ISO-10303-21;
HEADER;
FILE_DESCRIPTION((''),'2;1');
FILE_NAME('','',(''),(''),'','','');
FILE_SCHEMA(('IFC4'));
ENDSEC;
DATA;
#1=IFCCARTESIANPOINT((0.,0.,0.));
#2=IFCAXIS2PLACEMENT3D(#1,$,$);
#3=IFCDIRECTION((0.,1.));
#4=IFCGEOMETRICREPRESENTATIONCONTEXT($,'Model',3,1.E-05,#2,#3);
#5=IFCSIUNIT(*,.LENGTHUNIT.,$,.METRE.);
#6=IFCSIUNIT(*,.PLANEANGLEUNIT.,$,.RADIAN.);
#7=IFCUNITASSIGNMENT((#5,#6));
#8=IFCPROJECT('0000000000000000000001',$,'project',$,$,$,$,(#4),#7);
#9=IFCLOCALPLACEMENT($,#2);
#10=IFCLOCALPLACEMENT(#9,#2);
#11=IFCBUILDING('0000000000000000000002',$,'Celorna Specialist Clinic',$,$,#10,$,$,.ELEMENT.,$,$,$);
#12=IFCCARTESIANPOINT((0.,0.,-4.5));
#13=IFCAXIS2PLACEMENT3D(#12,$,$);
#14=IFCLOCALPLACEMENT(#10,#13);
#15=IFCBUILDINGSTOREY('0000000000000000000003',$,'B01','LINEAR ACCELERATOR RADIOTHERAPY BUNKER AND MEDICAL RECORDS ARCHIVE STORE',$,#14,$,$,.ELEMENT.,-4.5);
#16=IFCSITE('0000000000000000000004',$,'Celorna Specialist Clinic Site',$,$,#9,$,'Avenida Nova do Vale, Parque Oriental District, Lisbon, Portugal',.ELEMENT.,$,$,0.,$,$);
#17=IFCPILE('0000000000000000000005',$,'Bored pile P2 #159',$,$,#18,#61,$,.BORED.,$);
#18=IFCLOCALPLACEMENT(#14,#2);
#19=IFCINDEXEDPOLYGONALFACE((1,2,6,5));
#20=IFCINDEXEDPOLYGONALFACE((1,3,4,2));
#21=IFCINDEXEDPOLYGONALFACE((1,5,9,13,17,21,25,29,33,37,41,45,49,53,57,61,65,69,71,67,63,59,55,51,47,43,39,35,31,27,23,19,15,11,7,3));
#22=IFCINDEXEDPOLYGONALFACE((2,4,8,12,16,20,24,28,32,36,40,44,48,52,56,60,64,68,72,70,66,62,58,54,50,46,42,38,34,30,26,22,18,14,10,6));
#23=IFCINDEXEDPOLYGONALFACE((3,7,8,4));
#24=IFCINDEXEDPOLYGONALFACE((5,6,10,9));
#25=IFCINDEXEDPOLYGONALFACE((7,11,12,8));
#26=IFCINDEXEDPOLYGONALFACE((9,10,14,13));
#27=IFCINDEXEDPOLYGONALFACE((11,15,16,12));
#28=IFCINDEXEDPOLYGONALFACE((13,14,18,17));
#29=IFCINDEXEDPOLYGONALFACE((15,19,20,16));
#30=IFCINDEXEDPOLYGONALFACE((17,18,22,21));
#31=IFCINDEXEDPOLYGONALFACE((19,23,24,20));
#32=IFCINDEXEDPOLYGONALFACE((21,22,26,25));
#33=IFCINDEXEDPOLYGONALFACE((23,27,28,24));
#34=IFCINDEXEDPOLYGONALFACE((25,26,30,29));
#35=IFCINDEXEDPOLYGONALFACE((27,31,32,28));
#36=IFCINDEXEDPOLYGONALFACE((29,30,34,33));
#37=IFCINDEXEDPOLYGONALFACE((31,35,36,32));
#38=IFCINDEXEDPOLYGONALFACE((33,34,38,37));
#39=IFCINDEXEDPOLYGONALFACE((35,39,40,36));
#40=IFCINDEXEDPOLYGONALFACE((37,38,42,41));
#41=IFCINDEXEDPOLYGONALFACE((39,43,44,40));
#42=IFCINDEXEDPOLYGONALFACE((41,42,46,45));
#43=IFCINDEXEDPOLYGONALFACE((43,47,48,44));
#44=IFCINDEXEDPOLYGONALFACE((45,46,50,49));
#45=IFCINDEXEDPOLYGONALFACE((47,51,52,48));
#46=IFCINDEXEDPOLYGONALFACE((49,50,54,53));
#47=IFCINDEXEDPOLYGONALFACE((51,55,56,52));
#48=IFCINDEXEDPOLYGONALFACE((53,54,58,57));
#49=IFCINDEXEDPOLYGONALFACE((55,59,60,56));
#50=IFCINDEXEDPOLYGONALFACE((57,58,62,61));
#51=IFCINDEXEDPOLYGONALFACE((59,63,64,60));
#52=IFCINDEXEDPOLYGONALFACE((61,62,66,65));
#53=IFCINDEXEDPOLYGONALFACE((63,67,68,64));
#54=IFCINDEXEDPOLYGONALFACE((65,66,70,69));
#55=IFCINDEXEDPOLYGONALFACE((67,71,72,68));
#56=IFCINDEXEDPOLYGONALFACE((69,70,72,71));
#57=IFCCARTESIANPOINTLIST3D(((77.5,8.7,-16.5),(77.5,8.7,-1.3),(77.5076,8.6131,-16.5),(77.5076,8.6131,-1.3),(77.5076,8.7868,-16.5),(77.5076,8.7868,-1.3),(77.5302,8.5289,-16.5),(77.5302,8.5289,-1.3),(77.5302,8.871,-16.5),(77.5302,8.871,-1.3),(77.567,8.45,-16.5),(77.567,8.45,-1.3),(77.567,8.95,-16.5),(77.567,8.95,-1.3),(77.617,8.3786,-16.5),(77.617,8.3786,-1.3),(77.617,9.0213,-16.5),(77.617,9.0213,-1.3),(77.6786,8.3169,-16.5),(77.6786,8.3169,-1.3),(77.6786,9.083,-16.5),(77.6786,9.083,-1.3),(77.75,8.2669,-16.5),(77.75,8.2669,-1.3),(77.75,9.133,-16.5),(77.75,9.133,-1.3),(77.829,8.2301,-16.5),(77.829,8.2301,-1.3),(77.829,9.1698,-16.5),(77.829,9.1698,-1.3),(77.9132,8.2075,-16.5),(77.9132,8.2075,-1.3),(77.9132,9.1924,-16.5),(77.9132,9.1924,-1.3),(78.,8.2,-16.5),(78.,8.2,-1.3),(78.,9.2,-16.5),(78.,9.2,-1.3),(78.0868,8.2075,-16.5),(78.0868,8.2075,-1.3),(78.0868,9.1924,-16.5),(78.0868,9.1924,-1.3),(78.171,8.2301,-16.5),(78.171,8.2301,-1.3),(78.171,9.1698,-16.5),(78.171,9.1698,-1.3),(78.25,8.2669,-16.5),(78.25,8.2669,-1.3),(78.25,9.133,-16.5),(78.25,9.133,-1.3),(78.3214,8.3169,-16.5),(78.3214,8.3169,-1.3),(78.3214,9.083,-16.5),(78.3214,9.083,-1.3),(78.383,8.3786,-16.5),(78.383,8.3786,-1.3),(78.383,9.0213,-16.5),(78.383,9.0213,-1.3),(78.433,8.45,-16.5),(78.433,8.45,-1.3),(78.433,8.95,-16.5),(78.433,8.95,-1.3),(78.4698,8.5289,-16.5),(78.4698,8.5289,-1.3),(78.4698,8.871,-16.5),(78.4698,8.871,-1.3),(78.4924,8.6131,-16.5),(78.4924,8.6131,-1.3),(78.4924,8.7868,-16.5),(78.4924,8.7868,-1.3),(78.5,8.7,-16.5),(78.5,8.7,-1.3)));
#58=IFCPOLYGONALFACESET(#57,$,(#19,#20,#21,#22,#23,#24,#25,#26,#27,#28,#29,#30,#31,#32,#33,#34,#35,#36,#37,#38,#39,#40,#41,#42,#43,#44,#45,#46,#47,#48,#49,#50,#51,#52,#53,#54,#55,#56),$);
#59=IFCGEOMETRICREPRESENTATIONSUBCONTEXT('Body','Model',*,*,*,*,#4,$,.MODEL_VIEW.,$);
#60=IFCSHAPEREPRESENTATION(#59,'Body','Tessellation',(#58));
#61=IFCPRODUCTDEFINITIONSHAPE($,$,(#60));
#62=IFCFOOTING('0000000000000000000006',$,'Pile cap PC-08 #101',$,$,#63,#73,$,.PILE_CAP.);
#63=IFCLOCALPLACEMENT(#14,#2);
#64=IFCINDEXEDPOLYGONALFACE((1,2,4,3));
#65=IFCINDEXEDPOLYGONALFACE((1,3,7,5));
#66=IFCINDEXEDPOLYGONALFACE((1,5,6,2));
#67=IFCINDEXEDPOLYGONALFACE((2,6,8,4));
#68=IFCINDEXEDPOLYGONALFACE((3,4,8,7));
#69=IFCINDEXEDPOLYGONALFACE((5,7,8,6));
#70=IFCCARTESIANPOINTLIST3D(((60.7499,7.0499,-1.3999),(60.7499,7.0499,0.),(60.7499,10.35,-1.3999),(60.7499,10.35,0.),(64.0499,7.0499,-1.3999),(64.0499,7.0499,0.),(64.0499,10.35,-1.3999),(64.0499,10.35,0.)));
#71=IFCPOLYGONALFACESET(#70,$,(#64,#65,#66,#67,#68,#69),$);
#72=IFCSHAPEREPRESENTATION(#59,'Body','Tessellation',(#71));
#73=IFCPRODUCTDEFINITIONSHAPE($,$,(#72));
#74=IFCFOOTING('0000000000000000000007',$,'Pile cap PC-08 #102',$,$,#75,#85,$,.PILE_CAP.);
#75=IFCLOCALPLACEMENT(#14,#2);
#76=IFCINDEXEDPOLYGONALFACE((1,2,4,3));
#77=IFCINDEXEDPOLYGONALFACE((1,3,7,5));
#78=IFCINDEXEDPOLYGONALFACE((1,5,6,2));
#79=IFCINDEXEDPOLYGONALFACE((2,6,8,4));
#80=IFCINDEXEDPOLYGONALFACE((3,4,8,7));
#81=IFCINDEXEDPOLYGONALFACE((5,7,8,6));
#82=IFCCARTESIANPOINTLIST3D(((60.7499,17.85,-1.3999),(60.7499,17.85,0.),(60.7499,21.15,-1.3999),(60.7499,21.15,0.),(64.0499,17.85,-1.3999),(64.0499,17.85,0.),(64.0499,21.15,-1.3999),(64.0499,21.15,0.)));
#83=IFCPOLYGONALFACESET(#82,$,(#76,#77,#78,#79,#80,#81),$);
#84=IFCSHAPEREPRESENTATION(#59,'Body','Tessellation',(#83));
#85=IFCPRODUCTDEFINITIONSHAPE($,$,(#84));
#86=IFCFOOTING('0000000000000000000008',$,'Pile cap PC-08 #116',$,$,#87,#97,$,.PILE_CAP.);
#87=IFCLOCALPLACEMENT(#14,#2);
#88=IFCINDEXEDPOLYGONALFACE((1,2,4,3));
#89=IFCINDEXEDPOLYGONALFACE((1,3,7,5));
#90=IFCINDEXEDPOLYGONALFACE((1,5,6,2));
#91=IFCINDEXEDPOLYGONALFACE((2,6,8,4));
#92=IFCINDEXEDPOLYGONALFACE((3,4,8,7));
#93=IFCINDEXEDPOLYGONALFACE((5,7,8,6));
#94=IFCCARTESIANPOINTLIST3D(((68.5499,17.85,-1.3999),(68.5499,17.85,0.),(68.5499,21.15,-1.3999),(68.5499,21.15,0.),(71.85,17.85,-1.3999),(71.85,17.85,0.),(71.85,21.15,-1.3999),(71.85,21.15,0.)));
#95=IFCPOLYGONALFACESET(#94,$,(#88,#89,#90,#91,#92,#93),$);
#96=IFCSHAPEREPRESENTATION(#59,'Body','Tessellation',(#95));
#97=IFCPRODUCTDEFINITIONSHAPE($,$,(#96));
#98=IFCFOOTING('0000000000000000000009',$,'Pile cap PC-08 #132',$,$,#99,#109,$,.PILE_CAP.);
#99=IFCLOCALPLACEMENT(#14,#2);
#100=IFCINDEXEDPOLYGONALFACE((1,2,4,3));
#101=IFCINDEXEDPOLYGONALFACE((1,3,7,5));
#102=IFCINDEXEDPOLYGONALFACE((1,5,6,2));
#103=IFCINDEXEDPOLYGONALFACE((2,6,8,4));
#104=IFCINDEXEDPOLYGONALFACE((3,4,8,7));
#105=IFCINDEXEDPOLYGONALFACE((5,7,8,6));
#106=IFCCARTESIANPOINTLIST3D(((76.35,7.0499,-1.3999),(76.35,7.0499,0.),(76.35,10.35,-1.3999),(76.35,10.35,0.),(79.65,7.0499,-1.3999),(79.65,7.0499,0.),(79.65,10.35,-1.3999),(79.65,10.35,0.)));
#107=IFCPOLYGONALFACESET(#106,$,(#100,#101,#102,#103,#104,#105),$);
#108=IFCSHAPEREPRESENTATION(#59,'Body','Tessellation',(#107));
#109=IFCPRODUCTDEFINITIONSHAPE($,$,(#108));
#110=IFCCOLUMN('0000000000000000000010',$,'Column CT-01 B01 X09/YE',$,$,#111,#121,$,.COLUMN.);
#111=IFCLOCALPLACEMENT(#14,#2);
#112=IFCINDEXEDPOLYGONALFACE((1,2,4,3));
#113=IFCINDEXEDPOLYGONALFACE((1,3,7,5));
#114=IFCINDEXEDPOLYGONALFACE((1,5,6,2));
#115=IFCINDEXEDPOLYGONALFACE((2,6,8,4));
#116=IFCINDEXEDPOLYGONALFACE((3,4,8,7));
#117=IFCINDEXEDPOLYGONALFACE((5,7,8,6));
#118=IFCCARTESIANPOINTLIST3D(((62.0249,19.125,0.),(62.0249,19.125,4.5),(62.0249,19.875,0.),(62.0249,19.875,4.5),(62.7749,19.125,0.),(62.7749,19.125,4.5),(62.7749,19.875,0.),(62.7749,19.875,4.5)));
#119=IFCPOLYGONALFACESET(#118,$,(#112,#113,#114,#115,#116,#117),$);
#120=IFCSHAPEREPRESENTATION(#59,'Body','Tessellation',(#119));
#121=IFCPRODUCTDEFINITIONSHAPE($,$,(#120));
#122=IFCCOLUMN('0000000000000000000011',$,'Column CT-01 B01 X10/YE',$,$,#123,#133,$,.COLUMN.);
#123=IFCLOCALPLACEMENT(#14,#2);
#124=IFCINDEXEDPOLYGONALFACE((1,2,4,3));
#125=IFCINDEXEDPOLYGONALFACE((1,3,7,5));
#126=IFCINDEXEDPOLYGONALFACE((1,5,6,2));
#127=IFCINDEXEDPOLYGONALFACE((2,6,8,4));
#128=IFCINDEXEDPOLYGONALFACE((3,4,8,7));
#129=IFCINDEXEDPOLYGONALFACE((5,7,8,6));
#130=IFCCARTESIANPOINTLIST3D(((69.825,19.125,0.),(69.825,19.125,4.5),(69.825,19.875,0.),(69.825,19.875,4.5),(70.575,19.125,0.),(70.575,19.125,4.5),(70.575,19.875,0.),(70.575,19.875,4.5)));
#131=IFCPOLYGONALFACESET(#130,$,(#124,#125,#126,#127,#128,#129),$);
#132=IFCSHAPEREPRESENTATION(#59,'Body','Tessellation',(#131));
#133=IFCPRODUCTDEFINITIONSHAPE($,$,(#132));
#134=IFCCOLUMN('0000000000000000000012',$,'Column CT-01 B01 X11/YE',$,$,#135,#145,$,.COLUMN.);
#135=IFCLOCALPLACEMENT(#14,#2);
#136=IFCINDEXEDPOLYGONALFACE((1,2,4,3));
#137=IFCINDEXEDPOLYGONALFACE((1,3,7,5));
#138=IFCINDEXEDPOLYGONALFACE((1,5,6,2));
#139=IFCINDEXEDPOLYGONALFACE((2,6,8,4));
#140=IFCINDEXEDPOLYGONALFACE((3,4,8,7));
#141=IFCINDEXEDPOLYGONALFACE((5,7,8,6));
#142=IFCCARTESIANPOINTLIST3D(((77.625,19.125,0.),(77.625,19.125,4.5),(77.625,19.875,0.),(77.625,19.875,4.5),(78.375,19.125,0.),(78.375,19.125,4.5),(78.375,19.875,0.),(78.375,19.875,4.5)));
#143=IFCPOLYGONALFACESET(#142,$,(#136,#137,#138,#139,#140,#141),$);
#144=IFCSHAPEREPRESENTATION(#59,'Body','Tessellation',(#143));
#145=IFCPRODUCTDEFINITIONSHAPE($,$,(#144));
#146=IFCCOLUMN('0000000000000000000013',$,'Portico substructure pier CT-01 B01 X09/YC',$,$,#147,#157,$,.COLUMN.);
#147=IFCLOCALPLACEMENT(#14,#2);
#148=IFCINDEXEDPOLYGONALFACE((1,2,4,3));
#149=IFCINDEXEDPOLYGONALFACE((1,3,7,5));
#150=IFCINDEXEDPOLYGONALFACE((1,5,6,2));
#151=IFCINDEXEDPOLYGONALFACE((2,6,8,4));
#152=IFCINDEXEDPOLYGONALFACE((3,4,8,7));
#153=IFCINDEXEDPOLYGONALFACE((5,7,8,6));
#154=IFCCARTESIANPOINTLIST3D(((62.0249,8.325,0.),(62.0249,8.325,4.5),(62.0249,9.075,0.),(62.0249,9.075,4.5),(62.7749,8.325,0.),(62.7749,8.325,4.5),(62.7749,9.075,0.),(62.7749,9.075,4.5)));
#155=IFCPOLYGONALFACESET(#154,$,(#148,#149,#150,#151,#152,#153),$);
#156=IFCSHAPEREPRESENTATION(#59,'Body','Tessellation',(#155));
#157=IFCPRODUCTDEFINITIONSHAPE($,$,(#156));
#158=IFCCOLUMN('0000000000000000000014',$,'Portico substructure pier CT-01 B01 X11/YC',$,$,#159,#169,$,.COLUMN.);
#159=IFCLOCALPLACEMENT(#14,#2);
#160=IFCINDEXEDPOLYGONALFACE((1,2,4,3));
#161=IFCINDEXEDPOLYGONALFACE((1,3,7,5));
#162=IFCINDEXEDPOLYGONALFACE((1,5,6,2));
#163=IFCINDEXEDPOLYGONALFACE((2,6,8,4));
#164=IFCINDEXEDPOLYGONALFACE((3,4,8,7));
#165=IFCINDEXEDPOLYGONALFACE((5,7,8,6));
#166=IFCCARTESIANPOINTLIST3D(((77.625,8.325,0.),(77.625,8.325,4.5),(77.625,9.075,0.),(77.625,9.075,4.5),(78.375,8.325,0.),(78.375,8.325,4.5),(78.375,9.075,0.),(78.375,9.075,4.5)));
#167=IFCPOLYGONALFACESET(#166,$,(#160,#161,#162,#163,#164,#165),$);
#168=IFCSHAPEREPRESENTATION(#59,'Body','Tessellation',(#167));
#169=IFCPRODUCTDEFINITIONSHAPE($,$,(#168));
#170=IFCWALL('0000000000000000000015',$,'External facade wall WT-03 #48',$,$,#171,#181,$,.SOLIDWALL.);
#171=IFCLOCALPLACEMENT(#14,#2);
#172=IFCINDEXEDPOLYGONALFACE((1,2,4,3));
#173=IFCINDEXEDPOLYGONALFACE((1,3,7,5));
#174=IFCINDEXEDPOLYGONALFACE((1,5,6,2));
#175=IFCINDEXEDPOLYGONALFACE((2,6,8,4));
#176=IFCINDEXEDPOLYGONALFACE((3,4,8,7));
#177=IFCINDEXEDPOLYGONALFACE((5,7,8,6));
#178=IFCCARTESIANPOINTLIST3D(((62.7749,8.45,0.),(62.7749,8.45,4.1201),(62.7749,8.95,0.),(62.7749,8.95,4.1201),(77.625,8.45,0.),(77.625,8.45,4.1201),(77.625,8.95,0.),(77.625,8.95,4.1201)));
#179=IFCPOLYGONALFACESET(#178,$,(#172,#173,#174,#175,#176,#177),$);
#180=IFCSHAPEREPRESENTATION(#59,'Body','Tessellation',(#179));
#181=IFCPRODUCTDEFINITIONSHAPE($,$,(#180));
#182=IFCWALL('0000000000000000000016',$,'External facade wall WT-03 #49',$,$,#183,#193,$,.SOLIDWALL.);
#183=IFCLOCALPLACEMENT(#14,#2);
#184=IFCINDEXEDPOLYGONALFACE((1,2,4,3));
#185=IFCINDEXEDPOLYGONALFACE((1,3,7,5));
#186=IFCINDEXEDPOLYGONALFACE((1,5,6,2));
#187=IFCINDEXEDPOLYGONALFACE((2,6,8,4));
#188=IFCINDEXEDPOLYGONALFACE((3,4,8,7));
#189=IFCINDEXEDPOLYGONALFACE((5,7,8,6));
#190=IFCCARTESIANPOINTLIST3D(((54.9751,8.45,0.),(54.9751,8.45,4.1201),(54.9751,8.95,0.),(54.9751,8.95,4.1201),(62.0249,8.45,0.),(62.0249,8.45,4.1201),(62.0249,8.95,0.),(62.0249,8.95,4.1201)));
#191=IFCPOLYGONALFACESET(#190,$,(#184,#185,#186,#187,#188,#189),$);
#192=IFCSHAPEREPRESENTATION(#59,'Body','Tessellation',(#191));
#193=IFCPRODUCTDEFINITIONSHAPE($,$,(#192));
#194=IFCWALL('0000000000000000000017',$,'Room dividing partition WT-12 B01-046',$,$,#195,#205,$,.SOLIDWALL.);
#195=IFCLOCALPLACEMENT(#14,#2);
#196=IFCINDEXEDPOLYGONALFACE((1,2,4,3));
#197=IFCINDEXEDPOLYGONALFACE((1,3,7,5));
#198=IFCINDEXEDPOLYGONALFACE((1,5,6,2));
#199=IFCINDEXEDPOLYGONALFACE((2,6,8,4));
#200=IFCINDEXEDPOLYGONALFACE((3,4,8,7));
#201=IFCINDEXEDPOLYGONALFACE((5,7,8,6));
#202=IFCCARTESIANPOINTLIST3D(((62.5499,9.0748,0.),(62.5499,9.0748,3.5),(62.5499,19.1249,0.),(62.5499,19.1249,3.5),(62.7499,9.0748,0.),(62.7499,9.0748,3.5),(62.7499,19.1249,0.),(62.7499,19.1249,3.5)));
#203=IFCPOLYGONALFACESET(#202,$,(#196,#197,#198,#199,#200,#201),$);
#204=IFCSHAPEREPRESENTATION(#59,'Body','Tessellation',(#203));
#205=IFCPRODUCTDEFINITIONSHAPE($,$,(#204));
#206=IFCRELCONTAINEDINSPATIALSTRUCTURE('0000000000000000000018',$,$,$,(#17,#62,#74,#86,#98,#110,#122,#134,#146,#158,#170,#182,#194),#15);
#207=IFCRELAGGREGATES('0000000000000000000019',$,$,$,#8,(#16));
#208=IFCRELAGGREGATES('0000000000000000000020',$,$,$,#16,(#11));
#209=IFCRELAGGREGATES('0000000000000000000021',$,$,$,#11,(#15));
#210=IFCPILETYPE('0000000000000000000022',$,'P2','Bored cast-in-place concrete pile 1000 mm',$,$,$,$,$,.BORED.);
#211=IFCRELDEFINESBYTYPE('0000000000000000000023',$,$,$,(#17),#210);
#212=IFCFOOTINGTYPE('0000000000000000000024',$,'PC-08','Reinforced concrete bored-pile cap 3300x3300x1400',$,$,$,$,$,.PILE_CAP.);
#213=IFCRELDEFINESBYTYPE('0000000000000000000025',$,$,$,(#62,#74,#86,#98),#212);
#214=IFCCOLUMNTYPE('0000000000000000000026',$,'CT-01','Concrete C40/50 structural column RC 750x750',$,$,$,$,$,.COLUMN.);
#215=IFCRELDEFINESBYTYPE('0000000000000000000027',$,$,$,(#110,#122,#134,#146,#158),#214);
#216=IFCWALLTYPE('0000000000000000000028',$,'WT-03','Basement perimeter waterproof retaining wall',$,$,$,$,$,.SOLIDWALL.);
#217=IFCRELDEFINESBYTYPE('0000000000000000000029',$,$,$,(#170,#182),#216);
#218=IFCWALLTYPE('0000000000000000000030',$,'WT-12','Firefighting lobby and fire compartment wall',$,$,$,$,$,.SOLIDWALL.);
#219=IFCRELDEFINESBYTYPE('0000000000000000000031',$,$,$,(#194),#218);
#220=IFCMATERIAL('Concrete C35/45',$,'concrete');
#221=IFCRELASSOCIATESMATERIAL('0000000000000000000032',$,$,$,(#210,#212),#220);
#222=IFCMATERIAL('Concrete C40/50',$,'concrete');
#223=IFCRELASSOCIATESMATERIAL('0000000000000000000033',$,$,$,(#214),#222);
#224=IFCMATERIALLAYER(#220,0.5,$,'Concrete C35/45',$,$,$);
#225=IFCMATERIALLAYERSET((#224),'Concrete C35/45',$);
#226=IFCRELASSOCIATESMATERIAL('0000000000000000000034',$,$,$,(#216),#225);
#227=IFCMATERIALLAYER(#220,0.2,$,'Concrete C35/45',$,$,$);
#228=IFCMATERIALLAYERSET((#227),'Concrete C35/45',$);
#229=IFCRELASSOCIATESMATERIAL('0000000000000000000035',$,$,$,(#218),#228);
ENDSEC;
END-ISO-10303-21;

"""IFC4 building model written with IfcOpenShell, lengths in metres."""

from ifc_helpers import new_model, si_unit, direction, frame, frame_2d, origin, origin_2d, place, context, subcontext, project, spatial, rectangle, circle, extrude, material, layer, layer_set, material_profile, profile_set, type_object, element, save


model = new_model("IFC4")

# Units and contexts
model_context = context("Model", 3, precision=1e-05, world=origin(), true_north=direction((0.0, 1.0)))
body_context = subcontext(model_context, "Body", "Model", "MODEL_VIEW")
ifc_project = project(units=[si_unit("LENGTHUNIT", "METRE"), si_unit("PLANEANGLEUNIT", "RADIAN")], contexts=[model_context])

# Site, building, storey
site_placement = place(None, origin())
site = spatial("IfcSite", under=ifc_project, at=site_placement, Name="Celorna Specialist Clinic Site", LongName="Avenida Nova do Vale, Parque Oriental District, Lisbon, Portugal", CompositionType="ELEMENT", RefElevation=0.0)
building_placement = place(site_placement, origin())
building = spatial("IfcBuilding", under=site, at=building_placement, Name="Celorna Specialist Clinic", CompositionType="ELEMENT")
storey_placement = place(building_placement, frame((0.0, 0.0, -4.5)))
storey = spatial("IfcBuildingStorey", under=building, at=storey_placement, Name="B01", Description="LINEAR ACCELERATOR RADIOTHERAPY BUNKER AND MEDICAL RECORDS ARCHIVE STORE", CompositionType="ELEMENT", Elevation=-4.5)

# Shared definitions
ifc_material_1 = material(Name="Concrete C35/45", Category="concrete")

# Pile
ifc_material_profile_1 = material_profile(ifc_material_1, circle(Radius=0.5, at=origin_2d()), Name="BORED PILE 1000")
ifc_profile_set_1 = profile_set([ifc_material_profile_1], Name="Concrete C35/45")
pile_type = type_object("IfcPileType", Name="P2", Description="Bored cast-in-place concrete pile 1000 mm", PredefinedType="BORED", material=ifc_profile_set_1)
for number, where, z_axis, x_axis, name in (
    (1, (78.0, 8.7, -1.3), (0.0, 0.0, -1.0), (1.0, 0.0, 0.0), "Bored pile P2 #159"),
):
    element("IfcPile", number, at=place(storey_placement, frame(where, z_axis=z_axis, x_axis=x_axis)), inside=storey, type_object=pile_type, Name=name, PredefinedType="BORED", context=body_context, shape_type="SweptSolid", body=[
        extrude(circle(Radius=0.5, at=origin_2d()), origin(), (0.0, 0.0, 1.0), 15.2),
    ])

# Footings
footing_type_1 = type_object("IfcFootingType", Name="PC-08", Description="Reinforced concrete bored-pile cap 3300x3300x1400", PredefinedType="PILE_CAP", material=ifc_material_1)
for number, where, z_axis, x_axis, name in (
    (2, (62.3999, 8.7, -1.3999), (0.0, 0.0, 1.0), (1.0, 0.0, 0.0), "Pile cap PC-08 #101"),
    (3, (62.3999, 19.5, -1.3999), (0.0, 0.0, 1.0), (1.0, 0.0, 0.0), "Pile cap PC-08 #102"),
    (4, (70.2, 19.5, -1.3999), (0.0, 0.0, 1.0), (1.0, 0.0, 0.0), "Pile cap PC-08 #116"),
    (5, (78.0, 8.7, -1.3999), (0.0, 0.0, 1.0), (1.0, 0.0, 0.0), "Pile cap PC-08 #132"),
):
    element("IfcFooting", number, at=place(storey_placement, frame(where, z_axis=z_axis, x_axis=x_axis)), inside=storey, type_object=footing_type_1, Name=name, PredefinedType="PILE_CAP", context=body_context, shape_type="SweptSolid", body=[
        extrude(rectangle(XDim=3.3, YDim=3.3, at=origin_2d()), origin(), (0.0, 0.0, 1.0), 1.3999),
    ])

# Columns
ifc_material_2 = material(Name="Concrete C40/50", Category="concrete")
ifc_material_profile_2 = material_profile(ifc_material_2, rectangle(XDim=0.75, YDim=0.75, at=origin_2d()), Name="RC 750x750")
ifc_profile_set_2 = profile_set([ifc_material_profile_2], Name="Concrete C40/50")
column_type = type_object("IfcColumnType", Name="CT-01", Description="Concrete C40/50 structural column RC 750x750", PredefinedType="COLUMN", material=ifc_profile_set_2)
for number, where, z_axis, x_axis, name in (
    (6, (62.3999, 19.5, 0.0), (0.0, 0.0, 1.0), (1.0, 0.0, 0.0), "Column CT-01 B01 X09/YE"),
    (7, (70.2, 19.5, 0.0), (0.0, 0.0, 1.0), (1.0, 0.0, 0.0), "Column CT-01 B01 X10/YE"),
    (8, (78.0, 19.5, 0.0), (0.0, 0.0, 1.0), (1.0, 0.0, 0.0), "Column CT-01 B01 X11/YE"),
    (9, (62.3999, 8.7, 0.0), (0.0, 0.0, 1.0), (1.0, 0.0, 0.0), "Portico substructure pier CT-01 B01 X09/YC"),
    (10, (78.0, 8.7, 0.0), (0.0, 0.0, 1.0), (1.0, 0.0, 0.0), "Portico substructure pier CT-01 B01 X11/YC"),
):
    element("IfcColumn", number, at=place(storey_placement, frame(where, z_axis=z_axis, x_axis=x_axis)), inside=storey, type_object=column_type, Name=name, PredefinedType="COLUMN", context=body_context, shape_type="SweptSolid", body=[
        extrude(rectangle(XDim=0.75, YDim=0.75, at=origin_2d()), origin(), (0.0, 0.0, 1.0), 4.5),
    ])

# Walls
ifc_layer_1 = layer(ifc_material_1, 0.5, Name="Concrete C35/45")
ifc_layer_set_1 = layer_set([ifc_layer_1], Name="Concrete C35/45")
wall_type_1 = type_object("IfcWallType", Name="WT-03", Description="Basement perimeter waterproof retaining wall", PredefinedType="SOLIDWALL", material=ifc_layer_set_1)
wall_1_placement = place(storey_placement, frame((77.625, 8.7, 0.0), z_axis=(0.0, 0.0, 1.0), x_axis=(-1.0, 0.0, 0.0)))
element("IfcWall", 11, at=wall_1_placement, inside=storey, type_object=wall_type_1, Name="External facade wall WT-03 #48", PredefinedType="SOLIDWALL", context=body_context, shape_type="SweptSolid", body=[
    extrude(rectangle(XDim=14.8501, YDim=0.5, at=frame_2d((7.425, 0.0))), origin(), (0.0, 0.0, 1.0), 4.1201),
])
wall_2_placement = place(storey_placement, frame((62.0249, 8.7, 0.0), z_axis=(0.0, 0.0, 1.0), x_axis=(-1.0, 0.0, 0.0)))
element("IfcWall", 12, at=wall_2_placement, inside=storey, type_object=wall_type_1, Name="External facade wall WT-03 #49", PredefinedType="SOLIDWALL", context=body_context, shape_type="SweptSolid", body=[
    extrude(rectangle(XDim=7.0498, YDim=0.5, at=frame_2d((3.5249, 0.0))), origin(), (0.0, 0.0, 1.0), 4.1201),
])
ifc_layer_2 = layer(ifc_material_1, 0.2, Name="Concrete C35/45")
ifc_layer_set_2 = layer_set([ifc_layer_2], Name="Concrete C35/45")
wall_type_2 = type_object("IfcWallType", Name="WT-12", Description="Firefighting lobby and fire compartment wall", PredefinedType="SOLIDWALL", material=ifc_layer_set_2)
wall_3_placement = place(storey_placement, frame((62.6499, 9.075, 0.0), z_axis=(0.0, 0.0, 1.0), x_axis=(0.0, 1.0, 0.0)))
element("IfcWall", 13, at=wall_3_placement, inside=storey, type_object=wall_type_2, Name="Room dividing partition WT-12 B01-046", PredefinedType="SOLIDWALL", context=body_context, shape_type="SweptSolid", body=[
    extrude(rectangle(XDim=10.05, YDim=0.2, at=frame_2d((5.0249, 0.0))), origin(), (0.0, 0.0, 1.0), 3.5),
])

save(model, "model.ifc")
